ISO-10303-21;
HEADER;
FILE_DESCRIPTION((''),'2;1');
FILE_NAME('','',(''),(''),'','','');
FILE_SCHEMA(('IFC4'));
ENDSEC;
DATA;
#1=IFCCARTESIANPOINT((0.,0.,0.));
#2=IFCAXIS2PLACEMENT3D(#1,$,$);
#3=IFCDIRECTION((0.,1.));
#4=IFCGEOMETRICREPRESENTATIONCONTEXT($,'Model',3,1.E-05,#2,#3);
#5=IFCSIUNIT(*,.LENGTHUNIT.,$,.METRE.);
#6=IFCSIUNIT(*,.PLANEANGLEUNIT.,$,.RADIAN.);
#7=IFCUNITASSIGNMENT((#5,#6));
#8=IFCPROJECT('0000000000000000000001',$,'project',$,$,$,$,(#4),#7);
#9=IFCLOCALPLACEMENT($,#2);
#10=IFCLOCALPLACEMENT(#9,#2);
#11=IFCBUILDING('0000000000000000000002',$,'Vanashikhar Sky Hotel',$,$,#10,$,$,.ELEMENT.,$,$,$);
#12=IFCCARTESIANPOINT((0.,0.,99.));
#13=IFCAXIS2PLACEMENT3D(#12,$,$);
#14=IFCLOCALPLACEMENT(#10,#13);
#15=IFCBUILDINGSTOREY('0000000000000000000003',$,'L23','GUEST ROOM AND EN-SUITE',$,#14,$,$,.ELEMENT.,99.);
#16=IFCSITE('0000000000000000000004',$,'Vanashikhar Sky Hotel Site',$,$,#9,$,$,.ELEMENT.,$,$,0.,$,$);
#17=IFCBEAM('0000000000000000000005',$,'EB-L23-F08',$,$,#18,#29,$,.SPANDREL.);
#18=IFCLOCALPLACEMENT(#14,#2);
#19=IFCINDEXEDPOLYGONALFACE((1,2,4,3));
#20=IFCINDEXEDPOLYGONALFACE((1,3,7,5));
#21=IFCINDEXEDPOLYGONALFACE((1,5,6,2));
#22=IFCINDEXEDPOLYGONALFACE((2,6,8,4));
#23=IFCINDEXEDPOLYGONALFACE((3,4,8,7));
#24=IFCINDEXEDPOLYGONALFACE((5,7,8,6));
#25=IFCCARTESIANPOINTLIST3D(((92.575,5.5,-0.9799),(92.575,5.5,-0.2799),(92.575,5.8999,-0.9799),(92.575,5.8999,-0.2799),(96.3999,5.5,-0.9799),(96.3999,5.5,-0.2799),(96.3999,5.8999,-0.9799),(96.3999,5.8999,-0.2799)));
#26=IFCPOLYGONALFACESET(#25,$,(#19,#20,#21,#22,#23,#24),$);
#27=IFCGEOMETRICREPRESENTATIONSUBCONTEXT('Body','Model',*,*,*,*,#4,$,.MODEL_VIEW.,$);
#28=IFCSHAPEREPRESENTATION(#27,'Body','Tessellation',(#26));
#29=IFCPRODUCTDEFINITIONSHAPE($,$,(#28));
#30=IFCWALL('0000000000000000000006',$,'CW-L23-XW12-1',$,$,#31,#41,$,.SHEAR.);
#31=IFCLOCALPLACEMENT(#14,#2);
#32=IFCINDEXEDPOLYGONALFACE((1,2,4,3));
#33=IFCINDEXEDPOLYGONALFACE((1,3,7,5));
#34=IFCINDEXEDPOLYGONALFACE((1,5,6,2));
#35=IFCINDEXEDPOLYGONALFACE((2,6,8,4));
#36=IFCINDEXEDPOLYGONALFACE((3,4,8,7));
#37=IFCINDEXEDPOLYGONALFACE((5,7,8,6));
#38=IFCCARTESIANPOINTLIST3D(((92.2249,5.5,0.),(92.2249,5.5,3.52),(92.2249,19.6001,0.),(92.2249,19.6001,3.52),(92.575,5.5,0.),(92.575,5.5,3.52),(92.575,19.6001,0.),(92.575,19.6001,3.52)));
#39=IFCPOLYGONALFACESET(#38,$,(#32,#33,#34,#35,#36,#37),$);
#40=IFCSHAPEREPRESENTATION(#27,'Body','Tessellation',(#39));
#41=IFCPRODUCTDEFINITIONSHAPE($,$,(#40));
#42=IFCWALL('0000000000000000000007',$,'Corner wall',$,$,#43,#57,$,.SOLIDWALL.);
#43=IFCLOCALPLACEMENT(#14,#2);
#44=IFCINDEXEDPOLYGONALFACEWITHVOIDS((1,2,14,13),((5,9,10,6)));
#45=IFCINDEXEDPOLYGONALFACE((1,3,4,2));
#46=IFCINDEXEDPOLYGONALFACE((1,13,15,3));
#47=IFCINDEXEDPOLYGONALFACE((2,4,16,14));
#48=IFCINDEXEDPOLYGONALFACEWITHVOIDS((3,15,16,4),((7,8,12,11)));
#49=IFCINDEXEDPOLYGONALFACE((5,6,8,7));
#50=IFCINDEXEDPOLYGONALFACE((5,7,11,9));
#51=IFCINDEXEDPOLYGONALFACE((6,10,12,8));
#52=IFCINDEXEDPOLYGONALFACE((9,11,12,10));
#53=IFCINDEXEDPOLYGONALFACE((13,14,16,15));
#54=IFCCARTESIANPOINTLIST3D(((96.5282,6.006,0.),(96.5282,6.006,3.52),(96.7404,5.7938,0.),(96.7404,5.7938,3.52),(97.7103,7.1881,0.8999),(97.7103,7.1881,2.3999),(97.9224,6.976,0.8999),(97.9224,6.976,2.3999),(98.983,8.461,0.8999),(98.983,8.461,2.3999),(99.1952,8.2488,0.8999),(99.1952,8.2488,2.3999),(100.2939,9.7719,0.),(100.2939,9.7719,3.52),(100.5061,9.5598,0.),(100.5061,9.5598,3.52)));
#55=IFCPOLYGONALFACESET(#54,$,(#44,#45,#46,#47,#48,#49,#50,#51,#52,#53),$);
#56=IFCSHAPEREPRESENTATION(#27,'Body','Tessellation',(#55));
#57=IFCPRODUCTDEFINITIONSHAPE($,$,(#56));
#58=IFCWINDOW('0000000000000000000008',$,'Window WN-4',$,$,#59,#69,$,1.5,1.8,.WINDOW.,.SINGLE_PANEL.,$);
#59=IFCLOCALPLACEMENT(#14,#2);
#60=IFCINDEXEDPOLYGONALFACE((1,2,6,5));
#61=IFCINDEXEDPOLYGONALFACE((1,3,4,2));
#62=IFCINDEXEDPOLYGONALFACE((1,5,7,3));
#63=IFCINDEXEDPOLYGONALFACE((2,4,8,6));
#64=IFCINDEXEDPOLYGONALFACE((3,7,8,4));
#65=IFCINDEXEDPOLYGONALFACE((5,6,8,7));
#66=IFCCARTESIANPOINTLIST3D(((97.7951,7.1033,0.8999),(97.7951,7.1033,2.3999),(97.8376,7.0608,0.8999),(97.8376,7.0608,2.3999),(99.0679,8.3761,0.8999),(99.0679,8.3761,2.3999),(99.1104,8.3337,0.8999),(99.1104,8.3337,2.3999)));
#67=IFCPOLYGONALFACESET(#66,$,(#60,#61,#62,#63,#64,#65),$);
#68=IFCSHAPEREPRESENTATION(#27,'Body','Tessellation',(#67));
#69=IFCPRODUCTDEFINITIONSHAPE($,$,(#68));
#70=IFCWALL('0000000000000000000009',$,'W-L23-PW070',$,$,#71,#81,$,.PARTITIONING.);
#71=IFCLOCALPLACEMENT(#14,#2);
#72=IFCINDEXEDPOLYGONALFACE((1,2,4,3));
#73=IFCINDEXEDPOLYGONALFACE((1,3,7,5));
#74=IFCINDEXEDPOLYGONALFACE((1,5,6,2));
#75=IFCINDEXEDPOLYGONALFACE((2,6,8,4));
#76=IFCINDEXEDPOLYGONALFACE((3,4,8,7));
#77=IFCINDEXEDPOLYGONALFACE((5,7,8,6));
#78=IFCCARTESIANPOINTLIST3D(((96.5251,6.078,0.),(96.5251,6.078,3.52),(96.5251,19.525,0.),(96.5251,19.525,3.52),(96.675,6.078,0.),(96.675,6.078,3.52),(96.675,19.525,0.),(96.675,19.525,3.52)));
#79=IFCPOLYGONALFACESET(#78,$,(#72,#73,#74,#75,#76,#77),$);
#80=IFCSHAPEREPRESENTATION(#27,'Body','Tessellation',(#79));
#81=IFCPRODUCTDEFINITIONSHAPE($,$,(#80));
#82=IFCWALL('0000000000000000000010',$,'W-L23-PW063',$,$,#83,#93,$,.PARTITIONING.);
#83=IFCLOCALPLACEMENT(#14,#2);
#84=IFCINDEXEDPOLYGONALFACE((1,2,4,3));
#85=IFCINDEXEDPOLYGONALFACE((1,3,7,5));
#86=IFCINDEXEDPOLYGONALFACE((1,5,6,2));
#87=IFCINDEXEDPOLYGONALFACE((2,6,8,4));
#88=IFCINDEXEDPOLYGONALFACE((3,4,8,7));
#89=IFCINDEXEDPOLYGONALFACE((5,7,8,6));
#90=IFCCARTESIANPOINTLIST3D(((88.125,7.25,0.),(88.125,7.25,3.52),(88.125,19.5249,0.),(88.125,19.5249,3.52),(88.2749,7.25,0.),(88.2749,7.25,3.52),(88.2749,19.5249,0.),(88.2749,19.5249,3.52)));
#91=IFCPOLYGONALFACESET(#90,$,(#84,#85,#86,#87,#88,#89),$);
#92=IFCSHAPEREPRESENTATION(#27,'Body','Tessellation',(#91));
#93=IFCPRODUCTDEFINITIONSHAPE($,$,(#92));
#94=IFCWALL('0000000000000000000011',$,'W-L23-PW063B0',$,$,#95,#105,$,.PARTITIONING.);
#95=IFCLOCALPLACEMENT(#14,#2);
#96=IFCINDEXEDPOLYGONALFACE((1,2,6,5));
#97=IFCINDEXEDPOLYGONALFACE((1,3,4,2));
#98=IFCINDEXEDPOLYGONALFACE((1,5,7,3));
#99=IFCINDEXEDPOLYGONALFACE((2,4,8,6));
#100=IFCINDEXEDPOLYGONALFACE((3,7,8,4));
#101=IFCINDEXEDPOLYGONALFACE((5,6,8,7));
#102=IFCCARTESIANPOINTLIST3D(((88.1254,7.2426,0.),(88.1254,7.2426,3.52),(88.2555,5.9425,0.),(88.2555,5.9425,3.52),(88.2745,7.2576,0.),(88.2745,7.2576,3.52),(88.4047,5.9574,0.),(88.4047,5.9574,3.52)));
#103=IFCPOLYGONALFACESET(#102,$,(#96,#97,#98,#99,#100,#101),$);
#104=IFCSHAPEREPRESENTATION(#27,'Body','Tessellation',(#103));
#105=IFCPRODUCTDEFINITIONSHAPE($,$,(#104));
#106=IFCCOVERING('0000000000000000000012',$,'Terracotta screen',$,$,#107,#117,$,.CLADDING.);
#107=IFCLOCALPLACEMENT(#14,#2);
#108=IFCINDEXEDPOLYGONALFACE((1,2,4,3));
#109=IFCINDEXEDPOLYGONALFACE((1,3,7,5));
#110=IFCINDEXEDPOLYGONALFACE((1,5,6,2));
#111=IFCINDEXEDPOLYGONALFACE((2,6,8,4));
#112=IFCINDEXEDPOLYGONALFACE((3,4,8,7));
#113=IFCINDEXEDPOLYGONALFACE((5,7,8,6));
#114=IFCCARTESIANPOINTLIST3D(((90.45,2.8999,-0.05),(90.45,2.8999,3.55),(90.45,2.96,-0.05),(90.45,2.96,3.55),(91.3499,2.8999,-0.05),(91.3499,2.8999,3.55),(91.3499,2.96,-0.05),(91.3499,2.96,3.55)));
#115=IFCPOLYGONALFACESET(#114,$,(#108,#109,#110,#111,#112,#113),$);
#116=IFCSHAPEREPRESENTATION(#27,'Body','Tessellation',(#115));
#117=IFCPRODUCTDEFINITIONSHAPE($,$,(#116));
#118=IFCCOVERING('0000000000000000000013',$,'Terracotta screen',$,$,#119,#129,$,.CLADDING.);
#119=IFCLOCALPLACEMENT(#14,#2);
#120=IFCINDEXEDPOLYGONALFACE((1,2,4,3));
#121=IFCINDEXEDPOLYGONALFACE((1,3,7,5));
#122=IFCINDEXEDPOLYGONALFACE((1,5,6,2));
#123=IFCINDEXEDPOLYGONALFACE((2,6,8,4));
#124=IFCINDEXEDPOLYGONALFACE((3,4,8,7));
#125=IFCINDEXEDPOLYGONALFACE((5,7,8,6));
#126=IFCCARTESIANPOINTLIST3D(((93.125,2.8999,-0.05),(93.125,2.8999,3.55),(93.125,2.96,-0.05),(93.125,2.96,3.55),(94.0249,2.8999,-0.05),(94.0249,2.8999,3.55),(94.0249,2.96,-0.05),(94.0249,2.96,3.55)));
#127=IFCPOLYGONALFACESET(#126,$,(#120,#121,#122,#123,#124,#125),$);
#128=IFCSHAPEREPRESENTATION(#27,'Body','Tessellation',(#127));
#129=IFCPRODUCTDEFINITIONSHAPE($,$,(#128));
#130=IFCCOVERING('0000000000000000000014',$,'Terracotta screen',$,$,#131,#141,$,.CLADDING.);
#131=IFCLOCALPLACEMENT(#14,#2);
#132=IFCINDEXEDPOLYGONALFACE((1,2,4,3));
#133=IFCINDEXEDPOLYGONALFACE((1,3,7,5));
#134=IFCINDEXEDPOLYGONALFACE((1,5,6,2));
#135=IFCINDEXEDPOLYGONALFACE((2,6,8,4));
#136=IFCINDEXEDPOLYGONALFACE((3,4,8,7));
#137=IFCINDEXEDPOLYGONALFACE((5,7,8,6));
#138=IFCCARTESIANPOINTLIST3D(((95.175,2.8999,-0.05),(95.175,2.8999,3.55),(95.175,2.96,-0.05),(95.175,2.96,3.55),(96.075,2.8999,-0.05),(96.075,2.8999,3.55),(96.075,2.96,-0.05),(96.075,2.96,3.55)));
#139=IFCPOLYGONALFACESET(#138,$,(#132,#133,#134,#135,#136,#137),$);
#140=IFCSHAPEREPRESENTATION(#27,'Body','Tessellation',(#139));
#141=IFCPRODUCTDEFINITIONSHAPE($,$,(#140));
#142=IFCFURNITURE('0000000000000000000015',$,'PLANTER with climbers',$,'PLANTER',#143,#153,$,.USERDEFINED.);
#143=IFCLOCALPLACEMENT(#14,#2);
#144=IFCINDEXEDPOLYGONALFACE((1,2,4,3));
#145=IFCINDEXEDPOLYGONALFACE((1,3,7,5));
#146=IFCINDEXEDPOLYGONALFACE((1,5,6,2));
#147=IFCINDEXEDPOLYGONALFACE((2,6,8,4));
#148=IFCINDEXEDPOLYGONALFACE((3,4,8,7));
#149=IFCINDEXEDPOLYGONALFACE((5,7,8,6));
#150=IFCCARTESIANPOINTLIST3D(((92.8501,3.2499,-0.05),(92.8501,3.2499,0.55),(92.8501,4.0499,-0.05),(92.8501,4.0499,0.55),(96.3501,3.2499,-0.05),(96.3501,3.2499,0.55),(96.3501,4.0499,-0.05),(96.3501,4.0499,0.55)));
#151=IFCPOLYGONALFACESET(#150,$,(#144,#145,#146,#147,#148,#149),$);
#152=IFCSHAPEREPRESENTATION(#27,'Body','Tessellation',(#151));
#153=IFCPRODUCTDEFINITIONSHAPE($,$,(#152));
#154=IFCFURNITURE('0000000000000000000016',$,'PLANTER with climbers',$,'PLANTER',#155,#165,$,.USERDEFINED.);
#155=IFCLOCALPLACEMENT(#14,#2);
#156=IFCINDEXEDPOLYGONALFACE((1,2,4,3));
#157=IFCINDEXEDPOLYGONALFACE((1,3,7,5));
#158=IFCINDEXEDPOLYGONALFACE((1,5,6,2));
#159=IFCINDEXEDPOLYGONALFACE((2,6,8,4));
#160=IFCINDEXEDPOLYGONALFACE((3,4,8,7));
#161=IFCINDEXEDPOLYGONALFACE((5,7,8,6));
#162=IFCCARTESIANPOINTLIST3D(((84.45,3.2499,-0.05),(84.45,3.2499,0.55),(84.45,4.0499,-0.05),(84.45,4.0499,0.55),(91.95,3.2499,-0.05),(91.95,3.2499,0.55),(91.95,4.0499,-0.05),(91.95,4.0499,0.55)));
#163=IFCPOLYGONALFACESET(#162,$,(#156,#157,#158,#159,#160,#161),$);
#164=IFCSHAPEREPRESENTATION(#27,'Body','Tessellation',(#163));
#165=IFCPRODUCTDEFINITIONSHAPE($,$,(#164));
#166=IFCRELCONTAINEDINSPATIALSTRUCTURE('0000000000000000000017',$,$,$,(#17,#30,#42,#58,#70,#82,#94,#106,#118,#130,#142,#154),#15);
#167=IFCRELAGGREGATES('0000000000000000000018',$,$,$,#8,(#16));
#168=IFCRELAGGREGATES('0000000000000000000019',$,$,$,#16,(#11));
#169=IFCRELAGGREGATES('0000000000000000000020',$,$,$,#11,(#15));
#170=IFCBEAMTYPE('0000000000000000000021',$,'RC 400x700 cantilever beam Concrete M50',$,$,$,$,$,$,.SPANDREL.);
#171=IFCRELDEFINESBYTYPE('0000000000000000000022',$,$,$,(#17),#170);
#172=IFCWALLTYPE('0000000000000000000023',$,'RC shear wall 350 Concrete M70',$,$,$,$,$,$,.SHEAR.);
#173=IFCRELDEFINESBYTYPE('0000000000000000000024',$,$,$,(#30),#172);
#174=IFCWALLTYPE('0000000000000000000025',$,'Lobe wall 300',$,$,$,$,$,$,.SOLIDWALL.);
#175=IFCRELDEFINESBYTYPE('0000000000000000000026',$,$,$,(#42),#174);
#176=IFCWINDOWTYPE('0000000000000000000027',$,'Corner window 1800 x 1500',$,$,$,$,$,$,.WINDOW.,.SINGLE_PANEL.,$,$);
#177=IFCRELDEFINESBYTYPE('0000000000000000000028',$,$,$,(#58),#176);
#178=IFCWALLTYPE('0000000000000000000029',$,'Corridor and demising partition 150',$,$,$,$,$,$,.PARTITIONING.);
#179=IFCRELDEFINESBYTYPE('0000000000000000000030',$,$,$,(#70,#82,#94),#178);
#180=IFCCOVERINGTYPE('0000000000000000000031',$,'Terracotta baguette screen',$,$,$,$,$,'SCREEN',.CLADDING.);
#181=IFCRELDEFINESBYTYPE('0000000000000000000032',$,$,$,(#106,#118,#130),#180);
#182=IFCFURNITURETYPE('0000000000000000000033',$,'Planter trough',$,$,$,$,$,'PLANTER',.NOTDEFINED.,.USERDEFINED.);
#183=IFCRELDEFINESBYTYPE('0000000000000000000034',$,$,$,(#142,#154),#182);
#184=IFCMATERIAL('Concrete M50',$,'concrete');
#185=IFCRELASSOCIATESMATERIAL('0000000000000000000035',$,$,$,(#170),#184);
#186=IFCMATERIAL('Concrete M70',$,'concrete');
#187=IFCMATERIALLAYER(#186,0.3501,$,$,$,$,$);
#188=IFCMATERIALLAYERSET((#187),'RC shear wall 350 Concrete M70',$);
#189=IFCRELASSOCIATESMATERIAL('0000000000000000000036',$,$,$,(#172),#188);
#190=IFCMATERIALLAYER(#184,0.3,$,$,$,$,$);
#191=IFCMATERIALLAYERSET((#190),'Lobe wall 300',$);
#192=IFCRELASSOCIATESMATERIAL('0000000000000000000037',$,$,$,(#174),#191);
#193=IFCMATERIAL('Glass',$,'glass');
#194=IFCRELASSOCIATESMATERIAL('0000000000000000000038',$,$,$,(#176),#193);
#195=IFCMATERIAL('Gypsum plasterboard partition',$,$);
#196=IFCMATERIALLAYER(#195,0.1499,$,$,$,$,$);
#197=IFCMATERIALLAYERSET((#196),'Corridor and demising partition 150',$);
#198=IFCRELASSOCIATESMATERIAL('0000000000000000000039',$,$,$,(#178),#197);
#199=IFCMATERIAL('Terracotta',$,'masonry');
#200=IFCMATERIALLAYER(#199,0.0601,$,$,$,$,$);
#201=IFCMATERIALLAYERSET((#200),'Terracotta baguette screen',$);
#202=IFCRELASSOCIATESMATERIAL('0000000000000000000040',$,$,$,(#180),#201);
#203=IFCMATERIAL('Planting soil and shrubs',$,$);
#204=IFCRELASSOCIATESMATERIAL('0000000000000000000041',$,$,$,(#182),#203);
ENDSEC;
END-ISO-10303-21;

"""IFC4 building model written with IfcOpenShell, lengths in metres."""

from ifc_helpers import new_model, si_unit, direction, frame, frame_2d, origin, origin_2d, place, context, subcontext, project, spatial, rectangle, extrude, source, transform, mapped, material, layer, layer_set, material_profile, profile_set, type_object, element, fill, save


model = new_model("IFC4")

# Units and contexts
model_context = context("Model", 3, precision=1e-05, world=origin(), true_north=direction((0.0, 1.0)))
body_context = subcontext(model_context, "Body", "Model", "MODEL_VIEW")
ifc_project = project(units=[si_unit("LENGTHUNIT", "METRE"), si_unit("PLANEANGLEUNIT", "RADIAN")], contexts=[model_context])

# Site, building, storey
site_placement = place(None, origin())
site = spatial("IfcSite", under=ifc_project, at=site_placement, Name="Vanashikhar Sky Hotel Site", CompositionType="ELEMENT", RefElevation=0.0)
building_placement = place(site_placement, origin())
building = spatial("IfcBuilding", under=site, at=building_placement, Name="Vanashikhar Sky Hotel", CompositionType="ELEMENT")
storey_placement = place(building_placement, frame((0.0, 0.0, 99.0)))
storey = spatial("IfcBuildingStorey", under=building, at=storey_placement, Name="L23", Description="GUEST ROOM AND EN-SUITE", CompositionType="ELEMENT", Elevation=99.0)

# Beam
ifc_material_1 = material(Name="Concrete M50", Category="concrete")
ifc_material_profile = material_profile(ifc_material_1, rectangle(XDim=0.3999, YDim=0.7, at=origin_2d()))
ifc_profile_set = profile_set([ifc_material_profile], Name="RC 400x700 cantilever beam Concrete M50")
beam_type = type_object("IfcBeamType", Name="RC 400x700 cantilever beam Concrete M50", PredefinedType="SPANDREL", material=ifc_profile_set)
shared_shape_1 = source(origin(), body_context, "Body", "SweptSolid", [
    extrude(rectangle(XDim=0.3999, YDim=0.7, at=origin_2d()), origin(), (0.0, 0.0, 1.0), 3.825),
])
beam_placement = place(storey_placement, frame((92.575, 5.7, -0.6299), z_axis=(1.0, 0.0, 0.0), x_axis=(0.0, 1.0, 0.0)))
element("IfcBeam", 1, at=beam_placement, inside=storey, type_object=beam_type, Name="EB-L23-F08", PredefinedType="SPANDREL", context=body_context, shape_type="MappedRepresentation", body=[
    mapped(shared_shape_1, transform((0.0, 0.0, 0.0), scale=1.0)),
])

# Wall
ifc_material_2 = material(Name="Concrete M70", Category="concrete")
ifc_layer_1 = layer(ifc_material_2, 0.3501)
ifc_layer_set_1 = layer_set([ifc_layer_1], Name="RC shear wall 350 Concrete M70")
wall_type_1 = type_object("IfcWallType", Name="RC shear wall 350 Concrete M70", PredefinedType="SHEAR", material=ifc_layer_set_1)
shared_shape_2 = source(origin(), body_context, "Body", "SweptSolid", [
    extrude(rectangle(XDim=14.1001, YDim=0.3501, at=frame_2d((7.05, 0.0))), origin(), (0.0, 0.0, 1.0), 3.52),
])
wall_1_placement = place(storey_placement, frame((92.3999, 5.5, 0.0), z_axis=(0.0, 0.0, 1.0), x_axis=(0.0, 1.0, 0.0)))
element("IfcWall", 2, at=wall_1_placement, inside=storey, type_object=wall_type_1, Name="CW-L23-XW12-1", PredefinedType="SHEAR", context=body_context, shape_type="MappedRepresentation", body=[
    mapped(shared_shape_2, transform((0.0, 0.0, 0.0), scale=1.0)),
])

# Wall, opening, window
ifc_layer_2 = layer(ifc_material_1, 0.3)
ifc_layer_set_2 = layer_set([ifc_layer_2], Name="Lobe wall 300")
wall_type_2 = type_object("IfcWallType", Name="Lobe wall 300", PredefinedType="SOLIDWALL", material=ifc_layer_set_2)
shared_shape_3 = source(origin(), body_context, "Body", "SweptSolid", [
    extrude(rectangle(XDim=5.3257, YDim=0.3, at=frame_2d((2.6628, 0.0))), origin(), (0.0, 0.0, 1.0), 3.52),
])
wall_2_placement = place(storey_placement, frame((96.6343, 5.8999, 0.0), z_axis=(0.0, 0.0, 1.0), x_axis=(0.707084, 0.70713, 0.0)))
wall_2 = element("IfcWall", 3, at=wall_2_placement, inside=storey, type_object=wall_type_2, Name="Corner wall", PredefinedType="SOLIDWALL", context=body_context, shape_type="MappedRepresentation", body=[
    mapped(shared_shape_3, transform((0.0, 0.0, 0.0), scale=1.0)),
])
shared_shape_4 = source(origin(), body_context, "Body", "SweptSolid", [
    extrude(rectangle(XDim=1.8, YDim=1.5, at=frame_2d((0.8999, 0.75))), frame((0.0, 0.1602, 0.0), z_axis=(0.0, -1.0, 0.0), x_axis=(1.0, 0.0, 0.0)), (0.0, 0.0, 1.0), 0.3201),
])
opening_1_placement = place(wall_2_placement, frame((1.6719, 0.0, 0.8999)))
opening_1 = element("IfcOpeningElement", 4, at=opening_1_placement, cuts=wall_2, PredefinedType="OPENING", context=body_context, shape_type="MappedRepresentation", body=[
    mapped(shared_shape_4, transform((0.0, 0.0, 0.0), scale=1.0)),
])
ifc_material_3 = material(Name="Glass", Category="glass")
window_type_1 = type_object("IfcWindowType", Name="Corner window 1800 x 1500", PartitioningType="SINGLE_PANEL", PredefinedType="WINDOW", material=ifc_material_3)
shared_shape_5 = source(origin(), body_context, "Body", "SweptSolid", [
    extrude(rectangle(XDim=1.8, YDim=1.5, at=frame_2d((0.8999, 0.75))), frame((0.0, 0.03, 0.0), z_axis=(0.0, -1.0, 0.0), x_axis=(1.0, 0.0, 0.0)), (0.0, 0.0, 1.0), 0.0601),
])
window_1_placement = place(opening_1_placement, origin())
window_1 = element("IfcWindow", 5, at=window_1_placement, inside=storey, type_object=window_type_1, Name="Window WN-4", OverallHeight=1.5, OverallWidth=1.8, PartitioningType="SINGLE_PANEL", PredefinedType="WINDOW", context=body_context, shape_type="MappedRepresentation", body=[
    mapped(shared_shape_5, transform((0.0, 0.0, 0.0), scale=1.0)),
])
fill(opening_1, window_1)

# Walls
ifc_material_4 = material(Name="Gypsum plasterboard partition")
ifc_layer_3 = layer(ifc_material_4, 0.1499)
ifc_layer_set_3 = layer_set([ifc_layer_3], Name="Corridor and demising partition 150")
wall_type_3 = type_object("IfcWallType", Name="Corridor and demising partition 150", PredefinedType="PARTITIONING", material=ifc_layer_set_3)
shared_shape_6 = source(origin(), body_context, "Body", "SweptSolid", [
    extrude(rectangle(XDim=13.447, YDim=0.1499, at=frame_2d((6.7236, 0.0))), origin(), (0.0, 0.0, 1.0), 3.52),
])
wall_3_placement = place(storey_placement, frame((96.6001, 6.0779, 0.0), z_axis=(0.0, 0.0, 1.0), x_axis=(0.0, 1.0, 0.0)))
element("IfcWall", 6, at=wall_3_placement, inside=storey, type_object=wall_type_3, Name="W-L23-PW070", PredefinedType="PARTITIONING", context=body_context, shape_type="MappedRepresentation", body=[
    mapped(shared_shape_6, transform((0.0, 0.0, 0.0), scale=1.0)),
])
shared_shape_7 = source(origin(), body_context, "Body", "SweptSolid", [
    extrude(rectangle(XDim=12.2749, YDim=0.1499, at=frame_2d((6.1375, 0.0))), origin(), (0.0, 0.0, 1.0), 3.52),
])
wall_4_placement = place(storey_placement, frame((88.2, 7.25, 0.0), z_axis=(0.0, 0.0, 1.0), x_axis=(0.0, 1.0, 0.0)))
element("IfcWall", 7, at=wall_4_placement, inside=storey, type_object=wall_type_3, Name="W-L23-PW063", PredefinedType="PARTITIONING", context=body_context, shape_type="MappedRepresentation", body=[
    mapped(shared_shape_7, transform((0.0, 0.0, 0.0), scale=1.0)),
])
shared_shape_8 = source(origin(), body_context, "Body", "SweptSolid", [
    extrude(rectangle(XDim=1.3066, YDim=0.1499, at=frame_2d((0.6533, 0.0))), origin(), (0.0, 0.0, 1.0), 3.52),
])
wall_5_placement = place(storey_placement, frame((88.3301, 5.95, 0.0), z_axis=(0.0, 0.0, 1.0), x_axis=(-0.099596, 0.995028, 0.0)))
element("IfcWall", 8, at=wall_5_placement, inside=storey, type_object=wall_type_3, Name="W-L23-PW063B0", PredefinedType="PARTITIONING", context=body_context, shape_type="MappedRepresentation", body=[
    mapped(shared_shape_8, transform((0.0, 0.0, 0.0), scale=1.0)),
])

# Coverings
ifc_material_5 = material(Name="Terracotta", Category="masonry")
ifc_layer_4 = layer(ifc_material_5, 0.0601)
ifc_layer_set_4 = layer_set([ifc_layer_4], Name="Terracotta baguette screen")
covering_type = type_object("IfcCoveringType", Name="Terracotta baguette screen", ElementType="SCREEN", PredefinedType="CLADDING", material=ifc_layer_set_4)
shared_shape_9 = source(origin(), body_context, "Body", "SweptSolid", [
    extrude(rectangle(XDim=0.8999, YDim=0.0601, at=origin_2d()), origin(), (0.0, 0.0, 1.0), 3.6001),
])
for number, where, z_axis, x_axis, name in (
    (9, (90.8999, 2.9299, -0.05), (0.0, 0.0, 1.0), (1.0, 0.0, 0.0), "Terracotta screen"),
    (10, (93.575, 2.9299, -0.05), (0.0, 0.0, 1.0), (1.0, 0.0, 0.0), "Terracotta screen"),
    (11, (95.625, 2.9299, -0.05), (0.0, 0.0, 1.0), (1.0, 0.0, 0.0), "Terracotta screen"),
):
    element("IfcCovering", number, at=place(storey_placement, frame(where, z_axis=z_axis, x_axis=x_axis)), inside=storey, type_object=covering_type, Name=name, PredefinedType="CLADDING", context=body_context, shape_type="MappedRepresentation", body=[
        mapped(shared_shape_9, transform((0.0, 0.0, 0.0), scale=1.0)),
    ])

# Furniture
ifc_material_6 = material(Name="Planting soil and shrubs")
furniture_type = type_object("IfcFurnitureType", Name="Planter trough", ElementType="PLANTER", AssemblyPlace="NOTDEFINED", PredefinedType="USERDEFINED", material=ifc_material_6)
shared_shape_10 = source(origin(), body_context, "Body", "SweptSolid", [
    extrude(rectangle(XDim=3.5, YDim=0.8, at=origin_2d()), origin(), (0.0, 0.0, 1.0), 0.6001),
])
furniture_1_placement = place(storey_placement, frame((94.6001, 3.6499, -0.05), z_axis=(0.0, 0.0, 1.0), x_axis=(1.0, 0.0, 0.0)))
element("IfcFurniture", 12, at=furniture_1_placement, inside=storey, type_object=furniture_type, Name="PLANTER with climbers", ObjectType="PLANTER", PredefinedType="USERDEFINED", context=body_context, shape_type="MappedRepresentation", body=[
    mapped(shared_shape_10, transform((0.0, 0.0, 0.0), scale=1.0)),
])
shared_shape_11 = source(origin(), body_context, "Body", "SweptSolid", [
    extrude(rectangle(XDim=7.5, YDim=0.8, at=origin_2d()), origin(), (0.0, 0.0, 1.0), 0.6001),
])
furniture_2_placement = place(storey_placement, frame((88.2, 3.6499, -0.05), z_axis=(0.0, 0.0, 1.0), x_axis=(1.0, 0.0, 0.0)))
element("IfcFurniture", 13, at=furniture_2_placement, inside=storey, type_object=furniture_type, Name="PLANTER with climbers", ObjectType="PLANTER", PredefinedType="USERDEFINED", context=body_context, shape_type="MappedRepresentation", body=[
    mapped(shared_shape_11, transform((0.0, 0.0, 0.0), scale=1.0)),
])

save(model, "model.ifc")
